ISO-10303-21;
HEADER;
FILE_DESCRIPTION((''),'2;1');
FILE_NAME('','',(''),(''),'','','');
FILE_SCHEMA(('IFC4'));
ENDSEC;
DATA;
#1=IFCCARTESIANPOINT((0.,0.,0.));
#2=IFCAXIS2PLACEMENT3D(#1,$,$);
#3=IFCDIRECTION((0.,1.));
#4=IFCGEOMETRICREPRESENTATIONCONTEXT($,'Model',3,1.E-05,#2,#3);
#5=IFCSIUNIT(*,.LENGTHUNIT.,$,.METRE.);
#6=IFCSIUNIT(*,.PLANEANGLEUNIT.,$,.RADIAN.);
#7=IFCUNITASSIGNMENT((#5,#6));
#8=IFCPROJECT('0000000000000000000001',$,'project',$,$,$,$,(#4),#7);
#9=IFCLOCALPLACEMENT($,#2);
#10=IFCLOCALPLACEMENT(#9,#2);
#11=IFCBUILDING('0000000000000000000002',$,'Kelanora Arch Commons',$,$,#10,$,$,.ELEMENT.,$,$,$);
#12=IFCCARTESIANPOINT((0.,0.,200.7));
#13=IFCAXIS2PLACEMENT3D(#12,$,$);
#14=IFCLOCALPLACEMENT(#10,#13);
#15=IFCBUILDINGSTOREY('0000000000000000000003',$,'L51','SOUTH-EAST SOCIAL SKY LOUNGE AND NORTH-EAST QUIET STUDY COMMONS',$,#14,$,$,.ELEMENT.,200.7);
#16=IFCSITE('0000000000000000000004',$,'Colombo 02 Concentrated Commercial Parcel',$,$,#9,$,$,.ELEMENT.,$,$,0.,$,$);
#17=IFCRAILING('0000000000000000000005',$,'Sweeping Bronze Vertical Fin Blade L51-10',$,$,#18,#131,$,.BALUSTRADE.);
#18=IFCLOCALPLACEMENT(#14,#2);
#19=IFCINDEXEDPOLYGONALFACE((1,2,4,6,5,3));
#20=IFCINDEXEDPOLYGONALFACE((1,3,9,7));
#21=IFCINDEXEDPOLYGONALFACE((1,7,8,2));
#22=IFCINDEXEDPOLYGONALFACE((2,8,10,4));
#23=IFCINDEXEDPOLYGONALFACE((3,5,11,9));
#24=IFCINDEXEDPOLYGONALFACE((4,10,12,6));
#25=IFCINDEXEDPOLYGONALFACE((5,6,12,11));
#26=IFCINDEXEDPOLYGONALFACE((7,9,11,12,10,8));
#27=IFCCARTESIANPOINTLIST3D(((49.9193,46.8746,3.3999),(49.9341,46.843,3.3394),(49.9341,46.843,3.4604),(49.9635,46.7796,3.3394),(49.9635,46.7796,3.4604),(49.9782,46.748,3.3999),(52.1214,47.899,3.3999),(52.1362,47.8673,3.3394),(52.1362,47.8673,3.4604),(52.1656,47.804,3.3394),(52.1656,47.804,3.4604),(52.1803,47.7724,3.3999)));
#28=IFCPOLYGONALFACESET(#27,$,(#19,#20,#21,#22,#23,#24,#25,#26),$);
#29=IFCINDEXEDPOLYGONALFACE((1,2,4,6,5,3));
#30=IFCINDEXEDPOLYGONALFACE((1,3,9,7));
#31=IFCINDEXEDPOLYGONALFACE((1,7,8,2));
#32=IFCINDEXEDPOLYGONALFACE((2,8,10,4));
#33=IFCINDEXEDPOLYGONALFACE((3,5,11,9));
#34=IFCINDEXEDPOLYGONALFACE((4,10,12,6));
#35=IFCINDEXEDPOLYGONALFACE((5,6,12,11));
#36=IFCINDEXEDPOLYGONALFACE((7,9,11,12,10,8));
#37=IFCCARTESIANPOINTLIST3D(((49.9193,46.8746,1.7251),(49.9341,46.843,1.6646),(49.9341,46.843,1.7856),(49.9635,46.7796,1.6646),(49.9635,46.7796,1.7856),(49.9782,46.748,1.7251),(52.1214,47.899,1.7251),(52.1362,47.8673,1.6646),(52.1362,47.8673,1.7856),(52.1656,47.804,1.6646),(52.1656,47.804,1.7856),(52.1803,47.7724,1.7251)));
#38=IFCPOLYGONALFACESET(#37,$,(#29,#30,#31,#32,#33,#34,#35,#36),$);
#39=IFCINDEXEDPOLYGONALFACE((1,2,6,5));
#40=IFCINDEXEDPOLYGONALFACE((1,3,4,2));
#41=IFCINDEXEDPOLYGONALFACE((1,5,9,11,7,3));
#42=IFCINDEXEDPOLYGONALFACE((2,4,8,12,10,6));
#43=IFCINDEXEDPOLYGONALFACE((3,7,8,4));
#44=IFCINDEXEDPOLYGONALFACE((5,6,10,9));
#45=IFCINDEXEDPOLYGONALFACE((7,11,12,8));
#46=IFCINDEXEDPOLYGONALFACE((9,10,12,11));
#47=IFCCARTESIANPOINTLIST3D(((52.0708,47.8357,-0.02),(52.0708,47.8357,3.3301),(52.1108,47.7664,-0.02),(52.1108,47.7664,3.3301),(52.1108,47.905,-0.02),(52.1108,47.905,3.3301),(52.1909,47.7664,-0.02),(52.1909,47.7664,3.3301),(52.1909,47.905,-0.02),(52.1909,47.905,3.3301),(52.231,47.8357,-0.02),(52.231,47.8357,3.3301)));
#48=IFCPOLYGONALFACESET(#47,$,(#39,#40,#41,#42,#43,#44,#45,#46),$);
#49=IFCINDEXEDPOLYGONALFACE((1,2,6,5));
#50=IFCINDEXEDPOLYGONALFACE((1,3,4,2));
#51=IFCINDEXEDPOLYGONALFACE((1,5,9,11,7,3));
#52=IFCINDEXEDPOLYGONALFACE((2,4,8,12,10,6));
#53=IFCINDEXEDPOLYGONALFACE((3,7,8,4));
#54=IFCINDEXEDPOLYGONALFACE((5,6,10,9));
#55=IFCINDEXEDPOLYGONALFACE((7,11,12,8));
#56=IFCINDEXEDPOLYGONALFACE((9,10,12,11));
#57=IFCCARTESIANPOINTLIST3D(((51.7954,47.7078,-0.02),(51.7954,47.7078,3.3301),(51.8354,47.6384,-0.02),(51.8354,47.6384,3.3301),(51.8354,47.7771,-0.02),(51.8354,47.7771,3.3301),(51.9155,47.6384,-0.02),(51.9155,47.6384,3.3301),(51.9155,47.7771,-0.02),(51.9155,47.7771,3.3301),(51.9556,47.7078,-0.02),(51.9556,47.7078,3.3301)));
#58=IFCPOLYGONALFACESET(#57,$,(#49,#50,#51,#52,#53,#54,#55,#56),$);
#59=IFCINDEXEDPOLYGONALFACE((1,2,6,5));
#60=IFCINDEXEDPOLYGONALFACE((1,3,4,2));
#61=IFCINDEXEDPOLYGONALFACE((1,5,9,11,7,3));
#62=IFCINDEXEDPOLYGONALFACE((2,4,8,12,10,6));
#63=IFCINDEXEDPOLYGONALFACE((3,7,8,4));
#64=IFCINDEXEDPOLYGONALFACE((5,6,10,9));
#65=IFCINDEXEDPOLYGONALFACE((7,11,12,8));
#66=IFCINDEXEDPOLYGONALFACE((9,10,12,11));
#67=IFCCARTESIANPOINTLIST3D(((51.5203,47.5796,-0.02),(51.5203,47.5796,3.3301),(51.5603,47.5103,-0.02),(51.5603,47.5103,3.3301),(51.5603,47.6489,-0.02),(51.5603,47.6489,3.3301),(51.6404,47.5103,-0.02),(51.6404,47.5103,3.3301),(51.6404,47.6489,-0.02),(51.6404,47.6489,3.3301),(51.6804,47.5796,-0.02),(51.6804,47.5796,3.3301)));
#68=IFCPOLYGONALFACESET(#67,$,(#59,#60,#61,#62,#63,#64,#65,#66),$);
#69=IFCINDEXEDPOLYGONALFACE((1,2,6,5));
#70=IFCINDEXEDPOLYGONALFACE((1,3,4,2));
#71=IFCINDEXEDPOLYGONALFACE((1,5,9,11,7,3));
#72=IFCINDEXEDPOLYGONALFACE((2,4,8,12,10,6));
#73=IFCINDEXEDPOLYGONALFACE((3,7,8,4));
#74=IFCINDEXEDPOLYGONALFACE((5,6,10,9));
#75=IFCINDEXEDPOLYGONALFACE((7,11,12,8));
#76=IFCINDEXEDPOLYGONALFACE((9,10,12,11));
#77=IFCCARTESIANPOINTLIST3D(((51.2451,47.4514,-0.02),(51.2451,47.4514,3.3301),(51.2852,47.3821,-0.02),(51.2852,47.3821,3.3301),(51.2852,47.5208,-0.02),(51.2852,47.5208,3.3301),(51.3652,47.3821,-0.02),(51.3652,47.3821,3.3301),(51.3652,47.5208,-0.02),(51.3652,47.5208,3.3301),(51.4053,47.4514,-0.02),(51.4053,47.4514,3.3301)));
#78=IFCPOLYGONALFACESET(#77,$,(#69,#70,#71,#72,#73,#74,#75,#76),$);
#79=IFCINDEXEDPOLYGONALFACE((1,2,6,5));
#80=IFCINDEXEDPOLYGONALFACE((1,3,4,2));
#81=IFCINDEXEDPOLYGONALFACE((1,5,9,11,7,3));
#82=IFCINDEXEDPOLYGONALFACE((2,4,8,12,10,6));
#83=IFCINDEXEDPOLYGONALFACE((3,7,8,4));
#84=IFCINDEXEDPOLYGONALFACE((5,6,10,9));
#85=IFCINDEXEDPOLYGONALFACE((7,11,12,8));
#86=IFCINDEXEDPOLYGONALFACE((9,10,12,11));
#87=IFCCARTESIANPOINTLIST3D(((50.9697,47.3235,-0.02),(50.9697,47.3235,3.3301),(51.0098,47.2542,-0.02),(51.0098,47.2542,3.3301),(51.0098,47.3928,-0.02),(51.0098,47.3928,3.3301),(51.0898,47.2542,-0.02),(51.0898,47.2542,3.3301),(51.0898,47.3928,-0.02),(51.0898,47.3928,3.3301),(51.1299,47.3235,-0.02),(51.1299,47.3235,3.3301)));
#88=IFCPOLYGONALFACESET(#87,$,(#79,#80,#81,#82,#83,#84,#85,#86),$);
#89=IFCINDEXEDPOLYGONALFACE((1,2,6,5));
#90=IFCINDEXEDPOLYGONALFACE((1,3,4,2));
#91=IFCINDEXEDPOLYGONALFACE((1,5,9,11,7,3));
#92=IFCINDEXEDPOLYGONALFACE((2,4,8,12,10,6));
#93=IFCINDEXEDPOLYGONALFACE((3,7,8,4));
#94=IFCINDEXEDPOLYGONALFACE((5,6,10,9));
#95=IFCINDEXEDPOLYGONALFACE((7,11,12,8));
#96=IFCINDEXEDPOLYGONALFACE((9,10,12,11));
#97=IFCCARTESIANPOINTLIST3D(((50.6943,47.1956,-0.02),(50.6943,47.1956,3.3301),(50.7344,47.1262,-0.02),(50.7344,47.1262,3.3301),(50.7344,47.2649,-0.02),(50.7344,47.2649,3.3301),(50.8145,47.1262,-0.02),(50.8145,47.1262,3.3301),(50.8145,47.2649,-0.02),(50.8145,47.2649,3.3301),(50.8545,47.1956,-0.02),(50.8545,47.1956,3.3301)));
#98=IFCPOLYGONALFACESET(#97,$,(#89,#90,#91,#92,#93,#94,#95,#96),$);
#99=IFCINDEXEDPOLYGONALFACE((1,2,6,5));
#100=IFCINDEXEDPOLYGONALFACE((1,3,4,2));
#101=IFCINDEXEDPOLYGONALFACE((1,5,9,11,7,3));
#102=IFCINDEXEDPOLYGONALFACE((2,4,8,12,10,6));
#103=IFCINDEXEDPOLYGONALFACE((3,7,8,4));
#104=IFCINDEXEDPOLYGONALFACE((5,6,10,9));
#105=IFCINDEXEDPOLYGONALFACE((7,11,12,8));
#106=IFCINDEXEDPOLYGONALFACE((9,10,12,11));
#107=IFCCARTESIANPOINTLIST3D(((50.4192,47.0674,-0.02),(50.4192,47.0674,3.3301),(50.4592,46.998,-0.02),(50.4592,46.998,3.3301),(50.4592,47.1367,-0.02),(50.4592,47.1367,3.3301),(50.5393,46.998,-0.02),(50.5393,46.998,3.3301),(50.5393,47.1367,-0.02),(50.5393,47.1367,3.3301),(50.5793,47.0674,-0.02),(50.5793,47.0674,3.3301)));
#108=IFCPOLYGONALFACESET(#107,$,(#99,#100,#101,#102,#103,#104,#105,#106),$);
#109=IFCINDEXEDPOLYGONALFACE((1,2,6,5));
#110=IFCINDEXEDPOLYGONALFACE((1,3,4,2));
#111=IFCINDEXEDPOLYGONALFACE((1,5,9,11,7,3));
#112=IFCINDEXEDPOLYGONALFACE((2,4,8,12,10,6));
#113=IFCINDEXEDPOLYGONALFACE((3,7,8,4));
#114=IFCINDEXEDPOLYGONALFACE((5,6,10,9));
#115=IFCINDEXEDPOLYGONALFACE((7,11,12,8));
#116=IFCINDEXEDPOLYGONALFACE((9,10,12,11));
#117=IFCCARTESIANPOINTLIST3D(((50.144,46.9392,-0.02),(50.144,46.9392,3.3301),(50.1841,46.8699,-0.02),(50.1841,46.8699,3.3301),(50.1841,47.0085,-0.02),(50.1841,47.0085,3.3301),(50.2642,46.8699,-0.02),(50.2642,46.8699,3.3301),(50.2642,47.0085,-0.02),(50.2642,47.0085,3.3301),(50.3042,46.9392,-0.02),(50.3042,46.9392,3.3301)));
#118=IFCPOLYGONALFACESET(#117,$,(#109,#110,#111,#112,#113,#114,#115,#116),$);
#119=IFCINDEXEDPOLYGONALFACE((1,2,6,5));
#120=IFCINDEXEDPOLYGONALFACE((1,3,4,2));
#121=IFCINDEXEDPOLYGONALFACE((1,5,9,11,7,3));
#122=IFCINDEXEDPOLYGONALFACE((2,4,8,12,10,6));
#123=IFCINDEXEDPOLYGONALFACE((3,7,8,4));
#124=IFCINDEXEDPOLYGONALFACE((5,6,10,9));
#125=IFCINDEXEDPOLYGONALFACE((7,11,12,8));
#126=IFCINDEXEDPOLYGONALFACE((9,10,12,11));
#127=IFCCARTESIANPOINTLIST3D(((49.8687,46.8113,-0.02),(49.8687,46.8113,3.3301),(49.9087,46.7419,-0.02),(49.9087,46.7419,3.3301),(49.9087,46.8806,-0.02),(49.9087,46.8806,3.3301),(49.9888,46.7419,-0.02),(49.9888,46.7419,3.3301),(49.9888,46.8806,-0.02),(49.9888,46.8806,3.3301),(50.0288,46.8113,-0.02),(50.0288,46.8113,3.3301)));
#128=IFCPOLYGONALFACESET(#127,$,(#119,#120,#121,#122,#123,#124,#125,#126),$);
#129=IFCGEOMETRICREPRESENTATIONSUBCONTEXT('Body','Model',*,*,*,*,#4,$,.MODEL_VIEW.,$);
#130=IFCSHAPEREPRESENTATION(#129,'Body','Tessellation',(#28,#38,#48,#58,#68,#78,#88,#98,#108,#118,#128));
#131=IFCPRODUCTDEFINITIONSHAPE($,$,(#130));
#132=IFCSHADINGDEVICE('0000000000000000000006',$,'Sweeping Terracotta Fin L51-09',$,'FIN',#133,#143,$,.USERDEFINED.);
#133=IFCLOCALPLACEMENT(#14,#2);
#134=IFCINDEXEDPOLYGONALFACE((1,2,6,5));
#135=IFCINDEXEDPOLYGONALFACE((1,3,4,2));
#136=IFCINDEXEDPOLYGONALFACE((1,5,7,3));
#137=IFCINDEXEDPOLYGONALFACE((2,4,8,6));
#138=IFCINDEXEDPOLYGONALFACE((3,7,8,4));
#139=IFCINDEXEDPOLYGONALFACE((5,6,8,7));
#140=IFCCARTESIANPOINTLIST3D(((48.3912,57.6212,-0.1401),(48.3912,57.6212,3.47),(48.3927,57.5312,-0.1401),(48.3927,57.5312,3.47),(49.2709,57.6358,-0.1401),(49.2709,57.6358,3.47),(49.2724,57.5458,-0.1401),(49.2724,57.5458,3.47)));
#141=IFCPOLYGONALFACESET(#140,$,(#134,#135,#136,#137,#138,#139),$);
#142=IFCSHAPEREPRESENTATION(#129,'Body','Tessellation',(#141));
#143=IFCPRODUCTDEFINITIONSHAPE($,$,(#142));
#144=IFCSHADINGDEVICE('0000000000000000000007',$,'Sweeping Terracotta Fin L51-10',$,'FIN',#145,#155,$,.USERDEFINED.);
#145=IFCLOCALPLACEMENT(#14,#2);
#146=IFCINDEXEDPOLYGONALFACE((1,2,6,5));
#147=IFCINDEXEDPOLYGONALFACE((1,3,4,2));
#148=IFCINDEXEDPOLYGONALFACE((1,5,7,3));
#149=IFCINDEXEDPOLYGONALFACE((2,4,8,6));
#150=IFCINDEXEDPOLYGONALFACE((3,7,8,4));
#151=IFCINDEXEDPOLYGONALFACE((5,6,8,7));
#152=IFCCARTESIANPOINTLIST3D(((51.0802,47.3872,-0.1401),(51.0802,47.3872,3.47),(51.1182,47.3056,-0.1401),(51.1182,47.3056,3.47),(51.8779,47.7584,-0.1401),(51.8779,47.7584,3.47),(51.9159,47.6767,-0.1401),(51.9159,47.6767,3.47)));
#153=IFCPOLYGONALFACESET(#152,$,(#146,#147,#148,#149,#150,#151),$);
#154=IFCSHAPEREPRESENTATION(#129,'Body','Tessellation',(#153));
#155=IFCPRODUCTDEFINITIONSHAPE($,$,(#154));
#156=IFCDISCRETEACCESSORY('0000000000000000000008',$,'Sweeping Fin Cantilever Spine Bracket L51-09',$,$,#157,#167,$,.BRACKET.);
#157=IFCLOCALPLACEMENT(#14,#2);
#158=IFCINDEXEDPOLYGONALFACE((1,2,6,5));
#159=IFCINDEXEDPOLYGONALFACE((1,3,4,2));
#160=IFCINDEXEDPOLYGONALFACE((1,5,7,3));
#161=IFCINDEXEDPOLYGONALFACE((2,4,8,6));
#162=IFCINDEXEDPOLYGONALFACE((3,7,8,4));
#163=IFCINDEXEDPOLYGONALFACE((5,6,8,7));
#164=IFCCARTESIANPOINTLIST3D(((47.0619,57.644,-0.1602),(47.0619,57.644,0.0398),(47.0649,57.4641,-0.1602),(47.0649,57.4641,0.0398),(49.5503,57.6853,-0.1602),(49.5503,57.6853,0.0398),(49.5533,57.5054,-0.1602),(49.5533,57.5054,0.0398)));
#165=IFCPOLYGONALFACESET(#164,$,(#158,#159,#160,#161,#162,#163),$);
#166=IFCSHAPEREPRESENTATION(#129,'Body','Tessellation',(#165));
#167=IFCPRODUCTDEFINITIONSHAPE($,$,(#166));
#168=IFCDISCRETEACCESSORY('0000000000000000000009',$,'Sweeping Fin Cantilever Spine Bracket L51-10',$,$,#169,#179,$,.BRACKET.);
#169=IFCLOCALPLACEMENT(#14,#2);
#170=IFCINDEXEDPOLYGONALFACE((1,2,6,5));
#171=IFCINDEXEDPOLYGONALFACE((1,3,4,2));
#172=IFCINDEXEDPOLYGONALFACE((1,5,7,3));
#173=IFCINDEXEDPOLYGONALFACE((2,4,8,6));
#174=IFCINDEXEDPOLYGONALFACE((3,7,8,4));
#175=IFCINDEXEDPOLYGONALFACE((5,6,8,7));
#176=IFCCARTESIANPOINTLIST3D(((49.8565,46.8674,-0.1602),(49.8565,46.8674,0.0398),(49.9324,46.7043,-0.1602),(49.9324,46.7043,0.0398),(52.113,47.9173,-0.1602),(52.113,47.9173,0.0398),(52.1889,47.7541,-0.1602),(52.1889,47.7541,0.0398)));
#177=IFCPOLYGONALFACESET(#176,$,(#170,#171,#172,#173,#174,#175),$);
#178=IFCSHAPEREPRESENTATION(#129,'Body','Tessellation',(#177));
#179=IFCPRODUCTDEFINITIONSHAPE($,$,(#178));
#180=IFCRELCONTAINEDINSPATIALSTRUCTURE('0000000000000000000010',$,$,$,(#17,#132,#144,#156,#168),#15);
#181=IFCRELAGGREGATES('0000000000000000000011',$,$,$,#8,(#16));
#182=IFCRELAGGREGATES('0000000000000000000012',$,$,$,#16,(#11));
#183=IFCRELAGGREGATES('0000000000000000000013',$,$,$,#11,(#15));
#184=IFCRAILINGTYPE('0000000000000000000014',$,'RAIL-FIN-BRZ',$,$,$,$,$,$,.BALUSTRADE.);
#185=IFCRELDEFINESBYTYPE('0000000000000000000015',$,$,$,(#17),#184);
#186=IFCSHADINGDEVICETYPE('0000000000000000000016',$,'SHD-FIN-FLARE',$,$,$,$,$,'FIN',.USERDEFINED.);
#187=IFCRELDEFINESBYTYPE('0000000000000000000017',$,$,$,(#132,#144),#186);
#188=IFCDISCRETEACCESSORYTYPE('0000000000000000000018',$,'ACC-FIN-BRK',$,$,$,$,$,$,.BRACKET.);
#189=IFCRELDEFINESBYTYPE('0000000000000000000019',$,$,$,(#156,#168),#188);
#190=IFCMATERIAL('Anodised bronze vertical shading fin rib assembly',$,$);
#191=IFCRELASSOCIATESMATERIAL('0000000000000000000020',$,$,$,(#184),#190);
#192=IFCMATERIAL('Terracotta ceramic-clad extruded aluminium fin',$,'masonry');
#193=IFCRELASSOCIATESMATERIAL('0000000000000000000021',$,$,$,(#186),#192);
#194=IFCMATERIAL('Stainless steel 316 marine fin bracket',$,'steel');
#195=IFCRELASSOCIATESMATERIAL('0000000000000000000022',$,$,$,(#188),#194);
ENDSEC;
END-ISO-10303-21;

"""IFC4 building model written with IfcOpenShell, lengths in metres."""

from ifc_helpers import new_model, si_unit, direction, frame, origin, origin_2d, place, context, subcontext, project, spatial, polyline, rectangle, outline, extrude, source, transform, mapped, material, type_object, element, save


model = new_model("IFC4")

# Units and contexts
model_context = context("Model", 3, precision=1e-05, world=origin(), true_north=direction((0.0, 1.0)))
body_context = subcontext(model_context, "Body", "Model", "MODEL_VIEW")
ifc_project = project(units=[si_unit("LENGTHUNIT", "METRE"), si_unit("PLANEANGLEUNIT", "RADIAN")], contexts=[model_context])

# Site, building, storey
site_placement = place(None, origin())
site = spatial("IfcSite", under=ifc_project, at=site_placement, Name="Colombo 02 Concentrated Commercial Parcel", CompositionType="ELEMENT", RefElevation=0.0)
building_placement = place(site_placement, origin())
building = spatial("IfcBuilding", under=site, at=building_placement, Name="Kelanora Arch Commons", CompositionType="ELEMENT")
storey_placement = place(building_placement, frame((0.0, 0.0, 200.7)))
storey = spatial("IfcBuildingStorey", under=building, at=storey_placement, Name="L51", Description="SOUTH-EAST SOCIAL SKY LOUNGE AND NORTH-EAST QUIET STUDY COMMONS", CompositionType="ELEMENT", Elevation=200.7)

# Railing
ifc_material_1 = material(Name="Anodised bronze vertical shading fin rib assembly")
railing_type = type_object("IfcRailingType", Name="RAIL-FIN-BRZ", PredefinedType="BALUSTRADE", material=ifc_material_1)
railing_1_placement = place(storey_placement, frame((52.1509, 47.8357, -0.02)))
element("IfcRailing", 1, at=railing_1_placement, inside=storey, type_object=railing_type, Name="Sweeping Bronze Vertical Fin Blade L51-10", PredefinedType="BALUSTRADE", context=body_context, shape_type="SweptSolid", body=[
    extrude(outline(polyline([(0.0698, 0.0), (0.0349, 0.0605), (-0.0349, 0.0605), (-0.0698, 0.0), (-0.0349, -0.0605), (0.0349, -0.0605), (0.0698, 0.0)])), frame((0.0, 0.0, 3.4199), z_axis=(-0.906696, -0.421785, 0.0), x_axis=(0.421785, -0.906696, 0.0)), (0.0, 0.0, 1.0), 2.4287),
    extrude(outline(polyline([(0.0698, 0.0), (0.0349, 0.0605), (-0.0349, 0.0605), (-0.0698, 0.0), (-0.0349, -0.0605), (0.0349, -0.0605), (0.0698, 0.0)])), frame((0.0, 0.0, 1.7451), z_axis=(-0.906696, -0.421785, 0.0), x_axis=(0.421785, -0.906696, 0.0)), (0.0, 0.0, 1.0), 2.4287),
    extrude(outline(polyline([(0.0801, 0.0), (0.04, 0.0693), (-0.04, 0.0693), (-0.0801, 0.0), (-0.04, -0.0693), (0.04, -0.0693), (0.0801, 0.0)])), origin(), (0.0, 0.0, 1.0), 3.3501),
    extrude(outline(polyline([(0.0801, 0.0), (0.04, 0.0693), (-0.04, 0.0693), (-0.0801, 0.0), (-0.04, -0.0693), (0.04, -0.0693), (0.0801, 0.0)])), frame((-0.2754, -0.1279, 0.0)), (0.0, 0.0, 1.0), 3.3501),
    extrude(outline(polyline([(0.0801, 0.0), (0.04, 0.0693), (-0.04, 0.0693), (-0.0801, 0.0), (-0.04, -0.0693), (0.04, -0.0693), (0.0801, 0.0)])), frame((-0.5505, -0.2561, 0.0)), (0.0, 0.0, 1.0), 3.3501),
    extrude(outline(polyline([(0.0801, 0.0), (0.04, 0.0693), (-0.04, 0.0693), (-0.0801, 0.0), (-0.04, -0.0693), (0.04, -0.0693), (0.0801, 0.0)])), frame((-0.8257, -0.3843, 0.0)), (0.0, 0.0, 1.0), 3.3501),
    extrude(outline(polyline([(0.0801, 0.0), (0.04, 0.0693), (-0.04, 0.0693), (-0.0801, 0.0), (-0.04, -0.0693), (0.04, -0.0693), (0.0801, 0.0)])), frame((-1.1011, -0.5122, 0.0)), (0.0, 0.0, 1.0), 3.3501),
    extrude(outline(polyline([(0.0801, 0.0), (0.04, 0.0693), (-0.04, 0.0693), (-0.0801, 0.0), (-0.04, -0.0693), (0.04, -0.0693), (0.0801, 0.0)])), frame((-1.3765, -0.6401, 0.0)), (0.0, 0.0, 1.0), 3.3501),
    extrude(outline(polyline([(0.0801, 0.0), (0.04, 0.0693), (-0.04, 0.0693), (-0.0801, 0.0), (-0.04, -0.0693), (0.04, -0.0693), (0.0801, 0.0)])), frame((-1.6516, -0.7683, 0.0)), (0.0, 0.0, 1.0), 3.3501),
    extrude(outline(polyline([(0.0801, 0.0), (0.04, 0.0693), (-0.04, 0.0693), (-0.0801, 0.0), (-0.04, -0.0693), (0.04, -0.0693), (0.0801, 0.0)])), frame((-1.9268, -0.8965, 0.0)), (0.0, 0.0, 1.0), 3.3501),
    extrude(outline(polyline([(0.0801, 0.0), (0.04, 0.0693), (-0.04, 0.0693), (-0.0801, 0.0), (-0.04, -0.0693), (0.04, -0.0693), (0.0801, 0.0)])), frame((-2.2021, -1.0244, 0.0)), (0.0, 0.0, 1.0), 3.3501),
])

# Shading devices
ifc_material_2 = material(Name="Terracotta ceramic-clad extruded aluminium fin", Category="masonry")
shading_device_type = type_object("IfcShadingDeviceType", Name="SHD-FIN-FLARE", ElementType="FIN", PredefinedType="USERDEFINED", material=ifc_material_2)
shared_shape_1 = source(origin(), body_context, "Body", "SweptSolid", [
    extrude(rectangle(XDim=0.8799, YDim=0.0901, at=origin_2d()), origin(), (0.0, 0.0, 1.0), 3.6101),
])
for number, where, z_axis, x_axis, name in (
    (2, (48.8318, 57.5835, -0.1401), (0.0, 0.0, 1.0), (-0.999863, -0.01658, 0.0), "Sweeping Terracotta Fin L51-09"),
    (3, (51.498, 47.532, -0.1401), (0.0, 0.0, 1.0), (-0.906676, -0.421827, 0.0), "Sweeping Terracotta Fin L51-10"),
):
    element("IfcShadingDevice", number, at=place(storey_placement, frame(where, z_axis=z_axis, x_axis=x_axis)), inside=storey, type_object=shading_device_type, Name=name, ObjectType="FIN", PredefinedType="USERDEFINED", context=body_context, shape_type="MappedRepresentation", body=[
        mapped(shared_shape_1, transform((0.0, 0.0, 0.0), scale=1.0)),
    ])

# Discrete accessories
ifc_material_3 = material(Name="Stainless steel 316 marine fin bracket", Category="steel")
discrete_accessory_type = type_object("IfcDiscreteAccessoryType", Name="ACC-FIN-BRK", PredefinedType="BRACKET", material=ifc_material_3)
shared_shape_2 = source(origin(), body_context, "Body", "SweptSolid", [
    extrude(rectangle(XDim=2.4888, YDim=0.1799, at=origin_2d()), origin(), (0.0, 0.0, 1.0), 0.2),
])
for number, where, z_axis, x_axis, name in (
    (4, (48.3076, 57.5747, -0.1602), (0.0, 0.0, 1.0), (-0.999863, -0.01658, 0.0), "Sweeping Fin Cantilever Spine Bracket L51-09"),
    (5, (51.0227, 47.3108, -0.1602), (0.0, 0.0, 1.0), (-0.906676, -0.421827, 0.0), "Sweeping Fin Cantilever Spine Bracket L51-10"),
):
    element("IfcDiscreteAccessory", number, at=place(storey_placement, frame(where, z_axis=z_axis, x_axis=x_axis)), inside=storey, type_object=discrete_accessory_type, Name=name, PredefinedType="BRACKET", context=body_context, shape_type="MappedRepresentation", body=[
        mapped(shared_shape_2, transform((0.0, 0.0, 0.0), scale=1.0)),
    ])

save(model, "model.ifc")
